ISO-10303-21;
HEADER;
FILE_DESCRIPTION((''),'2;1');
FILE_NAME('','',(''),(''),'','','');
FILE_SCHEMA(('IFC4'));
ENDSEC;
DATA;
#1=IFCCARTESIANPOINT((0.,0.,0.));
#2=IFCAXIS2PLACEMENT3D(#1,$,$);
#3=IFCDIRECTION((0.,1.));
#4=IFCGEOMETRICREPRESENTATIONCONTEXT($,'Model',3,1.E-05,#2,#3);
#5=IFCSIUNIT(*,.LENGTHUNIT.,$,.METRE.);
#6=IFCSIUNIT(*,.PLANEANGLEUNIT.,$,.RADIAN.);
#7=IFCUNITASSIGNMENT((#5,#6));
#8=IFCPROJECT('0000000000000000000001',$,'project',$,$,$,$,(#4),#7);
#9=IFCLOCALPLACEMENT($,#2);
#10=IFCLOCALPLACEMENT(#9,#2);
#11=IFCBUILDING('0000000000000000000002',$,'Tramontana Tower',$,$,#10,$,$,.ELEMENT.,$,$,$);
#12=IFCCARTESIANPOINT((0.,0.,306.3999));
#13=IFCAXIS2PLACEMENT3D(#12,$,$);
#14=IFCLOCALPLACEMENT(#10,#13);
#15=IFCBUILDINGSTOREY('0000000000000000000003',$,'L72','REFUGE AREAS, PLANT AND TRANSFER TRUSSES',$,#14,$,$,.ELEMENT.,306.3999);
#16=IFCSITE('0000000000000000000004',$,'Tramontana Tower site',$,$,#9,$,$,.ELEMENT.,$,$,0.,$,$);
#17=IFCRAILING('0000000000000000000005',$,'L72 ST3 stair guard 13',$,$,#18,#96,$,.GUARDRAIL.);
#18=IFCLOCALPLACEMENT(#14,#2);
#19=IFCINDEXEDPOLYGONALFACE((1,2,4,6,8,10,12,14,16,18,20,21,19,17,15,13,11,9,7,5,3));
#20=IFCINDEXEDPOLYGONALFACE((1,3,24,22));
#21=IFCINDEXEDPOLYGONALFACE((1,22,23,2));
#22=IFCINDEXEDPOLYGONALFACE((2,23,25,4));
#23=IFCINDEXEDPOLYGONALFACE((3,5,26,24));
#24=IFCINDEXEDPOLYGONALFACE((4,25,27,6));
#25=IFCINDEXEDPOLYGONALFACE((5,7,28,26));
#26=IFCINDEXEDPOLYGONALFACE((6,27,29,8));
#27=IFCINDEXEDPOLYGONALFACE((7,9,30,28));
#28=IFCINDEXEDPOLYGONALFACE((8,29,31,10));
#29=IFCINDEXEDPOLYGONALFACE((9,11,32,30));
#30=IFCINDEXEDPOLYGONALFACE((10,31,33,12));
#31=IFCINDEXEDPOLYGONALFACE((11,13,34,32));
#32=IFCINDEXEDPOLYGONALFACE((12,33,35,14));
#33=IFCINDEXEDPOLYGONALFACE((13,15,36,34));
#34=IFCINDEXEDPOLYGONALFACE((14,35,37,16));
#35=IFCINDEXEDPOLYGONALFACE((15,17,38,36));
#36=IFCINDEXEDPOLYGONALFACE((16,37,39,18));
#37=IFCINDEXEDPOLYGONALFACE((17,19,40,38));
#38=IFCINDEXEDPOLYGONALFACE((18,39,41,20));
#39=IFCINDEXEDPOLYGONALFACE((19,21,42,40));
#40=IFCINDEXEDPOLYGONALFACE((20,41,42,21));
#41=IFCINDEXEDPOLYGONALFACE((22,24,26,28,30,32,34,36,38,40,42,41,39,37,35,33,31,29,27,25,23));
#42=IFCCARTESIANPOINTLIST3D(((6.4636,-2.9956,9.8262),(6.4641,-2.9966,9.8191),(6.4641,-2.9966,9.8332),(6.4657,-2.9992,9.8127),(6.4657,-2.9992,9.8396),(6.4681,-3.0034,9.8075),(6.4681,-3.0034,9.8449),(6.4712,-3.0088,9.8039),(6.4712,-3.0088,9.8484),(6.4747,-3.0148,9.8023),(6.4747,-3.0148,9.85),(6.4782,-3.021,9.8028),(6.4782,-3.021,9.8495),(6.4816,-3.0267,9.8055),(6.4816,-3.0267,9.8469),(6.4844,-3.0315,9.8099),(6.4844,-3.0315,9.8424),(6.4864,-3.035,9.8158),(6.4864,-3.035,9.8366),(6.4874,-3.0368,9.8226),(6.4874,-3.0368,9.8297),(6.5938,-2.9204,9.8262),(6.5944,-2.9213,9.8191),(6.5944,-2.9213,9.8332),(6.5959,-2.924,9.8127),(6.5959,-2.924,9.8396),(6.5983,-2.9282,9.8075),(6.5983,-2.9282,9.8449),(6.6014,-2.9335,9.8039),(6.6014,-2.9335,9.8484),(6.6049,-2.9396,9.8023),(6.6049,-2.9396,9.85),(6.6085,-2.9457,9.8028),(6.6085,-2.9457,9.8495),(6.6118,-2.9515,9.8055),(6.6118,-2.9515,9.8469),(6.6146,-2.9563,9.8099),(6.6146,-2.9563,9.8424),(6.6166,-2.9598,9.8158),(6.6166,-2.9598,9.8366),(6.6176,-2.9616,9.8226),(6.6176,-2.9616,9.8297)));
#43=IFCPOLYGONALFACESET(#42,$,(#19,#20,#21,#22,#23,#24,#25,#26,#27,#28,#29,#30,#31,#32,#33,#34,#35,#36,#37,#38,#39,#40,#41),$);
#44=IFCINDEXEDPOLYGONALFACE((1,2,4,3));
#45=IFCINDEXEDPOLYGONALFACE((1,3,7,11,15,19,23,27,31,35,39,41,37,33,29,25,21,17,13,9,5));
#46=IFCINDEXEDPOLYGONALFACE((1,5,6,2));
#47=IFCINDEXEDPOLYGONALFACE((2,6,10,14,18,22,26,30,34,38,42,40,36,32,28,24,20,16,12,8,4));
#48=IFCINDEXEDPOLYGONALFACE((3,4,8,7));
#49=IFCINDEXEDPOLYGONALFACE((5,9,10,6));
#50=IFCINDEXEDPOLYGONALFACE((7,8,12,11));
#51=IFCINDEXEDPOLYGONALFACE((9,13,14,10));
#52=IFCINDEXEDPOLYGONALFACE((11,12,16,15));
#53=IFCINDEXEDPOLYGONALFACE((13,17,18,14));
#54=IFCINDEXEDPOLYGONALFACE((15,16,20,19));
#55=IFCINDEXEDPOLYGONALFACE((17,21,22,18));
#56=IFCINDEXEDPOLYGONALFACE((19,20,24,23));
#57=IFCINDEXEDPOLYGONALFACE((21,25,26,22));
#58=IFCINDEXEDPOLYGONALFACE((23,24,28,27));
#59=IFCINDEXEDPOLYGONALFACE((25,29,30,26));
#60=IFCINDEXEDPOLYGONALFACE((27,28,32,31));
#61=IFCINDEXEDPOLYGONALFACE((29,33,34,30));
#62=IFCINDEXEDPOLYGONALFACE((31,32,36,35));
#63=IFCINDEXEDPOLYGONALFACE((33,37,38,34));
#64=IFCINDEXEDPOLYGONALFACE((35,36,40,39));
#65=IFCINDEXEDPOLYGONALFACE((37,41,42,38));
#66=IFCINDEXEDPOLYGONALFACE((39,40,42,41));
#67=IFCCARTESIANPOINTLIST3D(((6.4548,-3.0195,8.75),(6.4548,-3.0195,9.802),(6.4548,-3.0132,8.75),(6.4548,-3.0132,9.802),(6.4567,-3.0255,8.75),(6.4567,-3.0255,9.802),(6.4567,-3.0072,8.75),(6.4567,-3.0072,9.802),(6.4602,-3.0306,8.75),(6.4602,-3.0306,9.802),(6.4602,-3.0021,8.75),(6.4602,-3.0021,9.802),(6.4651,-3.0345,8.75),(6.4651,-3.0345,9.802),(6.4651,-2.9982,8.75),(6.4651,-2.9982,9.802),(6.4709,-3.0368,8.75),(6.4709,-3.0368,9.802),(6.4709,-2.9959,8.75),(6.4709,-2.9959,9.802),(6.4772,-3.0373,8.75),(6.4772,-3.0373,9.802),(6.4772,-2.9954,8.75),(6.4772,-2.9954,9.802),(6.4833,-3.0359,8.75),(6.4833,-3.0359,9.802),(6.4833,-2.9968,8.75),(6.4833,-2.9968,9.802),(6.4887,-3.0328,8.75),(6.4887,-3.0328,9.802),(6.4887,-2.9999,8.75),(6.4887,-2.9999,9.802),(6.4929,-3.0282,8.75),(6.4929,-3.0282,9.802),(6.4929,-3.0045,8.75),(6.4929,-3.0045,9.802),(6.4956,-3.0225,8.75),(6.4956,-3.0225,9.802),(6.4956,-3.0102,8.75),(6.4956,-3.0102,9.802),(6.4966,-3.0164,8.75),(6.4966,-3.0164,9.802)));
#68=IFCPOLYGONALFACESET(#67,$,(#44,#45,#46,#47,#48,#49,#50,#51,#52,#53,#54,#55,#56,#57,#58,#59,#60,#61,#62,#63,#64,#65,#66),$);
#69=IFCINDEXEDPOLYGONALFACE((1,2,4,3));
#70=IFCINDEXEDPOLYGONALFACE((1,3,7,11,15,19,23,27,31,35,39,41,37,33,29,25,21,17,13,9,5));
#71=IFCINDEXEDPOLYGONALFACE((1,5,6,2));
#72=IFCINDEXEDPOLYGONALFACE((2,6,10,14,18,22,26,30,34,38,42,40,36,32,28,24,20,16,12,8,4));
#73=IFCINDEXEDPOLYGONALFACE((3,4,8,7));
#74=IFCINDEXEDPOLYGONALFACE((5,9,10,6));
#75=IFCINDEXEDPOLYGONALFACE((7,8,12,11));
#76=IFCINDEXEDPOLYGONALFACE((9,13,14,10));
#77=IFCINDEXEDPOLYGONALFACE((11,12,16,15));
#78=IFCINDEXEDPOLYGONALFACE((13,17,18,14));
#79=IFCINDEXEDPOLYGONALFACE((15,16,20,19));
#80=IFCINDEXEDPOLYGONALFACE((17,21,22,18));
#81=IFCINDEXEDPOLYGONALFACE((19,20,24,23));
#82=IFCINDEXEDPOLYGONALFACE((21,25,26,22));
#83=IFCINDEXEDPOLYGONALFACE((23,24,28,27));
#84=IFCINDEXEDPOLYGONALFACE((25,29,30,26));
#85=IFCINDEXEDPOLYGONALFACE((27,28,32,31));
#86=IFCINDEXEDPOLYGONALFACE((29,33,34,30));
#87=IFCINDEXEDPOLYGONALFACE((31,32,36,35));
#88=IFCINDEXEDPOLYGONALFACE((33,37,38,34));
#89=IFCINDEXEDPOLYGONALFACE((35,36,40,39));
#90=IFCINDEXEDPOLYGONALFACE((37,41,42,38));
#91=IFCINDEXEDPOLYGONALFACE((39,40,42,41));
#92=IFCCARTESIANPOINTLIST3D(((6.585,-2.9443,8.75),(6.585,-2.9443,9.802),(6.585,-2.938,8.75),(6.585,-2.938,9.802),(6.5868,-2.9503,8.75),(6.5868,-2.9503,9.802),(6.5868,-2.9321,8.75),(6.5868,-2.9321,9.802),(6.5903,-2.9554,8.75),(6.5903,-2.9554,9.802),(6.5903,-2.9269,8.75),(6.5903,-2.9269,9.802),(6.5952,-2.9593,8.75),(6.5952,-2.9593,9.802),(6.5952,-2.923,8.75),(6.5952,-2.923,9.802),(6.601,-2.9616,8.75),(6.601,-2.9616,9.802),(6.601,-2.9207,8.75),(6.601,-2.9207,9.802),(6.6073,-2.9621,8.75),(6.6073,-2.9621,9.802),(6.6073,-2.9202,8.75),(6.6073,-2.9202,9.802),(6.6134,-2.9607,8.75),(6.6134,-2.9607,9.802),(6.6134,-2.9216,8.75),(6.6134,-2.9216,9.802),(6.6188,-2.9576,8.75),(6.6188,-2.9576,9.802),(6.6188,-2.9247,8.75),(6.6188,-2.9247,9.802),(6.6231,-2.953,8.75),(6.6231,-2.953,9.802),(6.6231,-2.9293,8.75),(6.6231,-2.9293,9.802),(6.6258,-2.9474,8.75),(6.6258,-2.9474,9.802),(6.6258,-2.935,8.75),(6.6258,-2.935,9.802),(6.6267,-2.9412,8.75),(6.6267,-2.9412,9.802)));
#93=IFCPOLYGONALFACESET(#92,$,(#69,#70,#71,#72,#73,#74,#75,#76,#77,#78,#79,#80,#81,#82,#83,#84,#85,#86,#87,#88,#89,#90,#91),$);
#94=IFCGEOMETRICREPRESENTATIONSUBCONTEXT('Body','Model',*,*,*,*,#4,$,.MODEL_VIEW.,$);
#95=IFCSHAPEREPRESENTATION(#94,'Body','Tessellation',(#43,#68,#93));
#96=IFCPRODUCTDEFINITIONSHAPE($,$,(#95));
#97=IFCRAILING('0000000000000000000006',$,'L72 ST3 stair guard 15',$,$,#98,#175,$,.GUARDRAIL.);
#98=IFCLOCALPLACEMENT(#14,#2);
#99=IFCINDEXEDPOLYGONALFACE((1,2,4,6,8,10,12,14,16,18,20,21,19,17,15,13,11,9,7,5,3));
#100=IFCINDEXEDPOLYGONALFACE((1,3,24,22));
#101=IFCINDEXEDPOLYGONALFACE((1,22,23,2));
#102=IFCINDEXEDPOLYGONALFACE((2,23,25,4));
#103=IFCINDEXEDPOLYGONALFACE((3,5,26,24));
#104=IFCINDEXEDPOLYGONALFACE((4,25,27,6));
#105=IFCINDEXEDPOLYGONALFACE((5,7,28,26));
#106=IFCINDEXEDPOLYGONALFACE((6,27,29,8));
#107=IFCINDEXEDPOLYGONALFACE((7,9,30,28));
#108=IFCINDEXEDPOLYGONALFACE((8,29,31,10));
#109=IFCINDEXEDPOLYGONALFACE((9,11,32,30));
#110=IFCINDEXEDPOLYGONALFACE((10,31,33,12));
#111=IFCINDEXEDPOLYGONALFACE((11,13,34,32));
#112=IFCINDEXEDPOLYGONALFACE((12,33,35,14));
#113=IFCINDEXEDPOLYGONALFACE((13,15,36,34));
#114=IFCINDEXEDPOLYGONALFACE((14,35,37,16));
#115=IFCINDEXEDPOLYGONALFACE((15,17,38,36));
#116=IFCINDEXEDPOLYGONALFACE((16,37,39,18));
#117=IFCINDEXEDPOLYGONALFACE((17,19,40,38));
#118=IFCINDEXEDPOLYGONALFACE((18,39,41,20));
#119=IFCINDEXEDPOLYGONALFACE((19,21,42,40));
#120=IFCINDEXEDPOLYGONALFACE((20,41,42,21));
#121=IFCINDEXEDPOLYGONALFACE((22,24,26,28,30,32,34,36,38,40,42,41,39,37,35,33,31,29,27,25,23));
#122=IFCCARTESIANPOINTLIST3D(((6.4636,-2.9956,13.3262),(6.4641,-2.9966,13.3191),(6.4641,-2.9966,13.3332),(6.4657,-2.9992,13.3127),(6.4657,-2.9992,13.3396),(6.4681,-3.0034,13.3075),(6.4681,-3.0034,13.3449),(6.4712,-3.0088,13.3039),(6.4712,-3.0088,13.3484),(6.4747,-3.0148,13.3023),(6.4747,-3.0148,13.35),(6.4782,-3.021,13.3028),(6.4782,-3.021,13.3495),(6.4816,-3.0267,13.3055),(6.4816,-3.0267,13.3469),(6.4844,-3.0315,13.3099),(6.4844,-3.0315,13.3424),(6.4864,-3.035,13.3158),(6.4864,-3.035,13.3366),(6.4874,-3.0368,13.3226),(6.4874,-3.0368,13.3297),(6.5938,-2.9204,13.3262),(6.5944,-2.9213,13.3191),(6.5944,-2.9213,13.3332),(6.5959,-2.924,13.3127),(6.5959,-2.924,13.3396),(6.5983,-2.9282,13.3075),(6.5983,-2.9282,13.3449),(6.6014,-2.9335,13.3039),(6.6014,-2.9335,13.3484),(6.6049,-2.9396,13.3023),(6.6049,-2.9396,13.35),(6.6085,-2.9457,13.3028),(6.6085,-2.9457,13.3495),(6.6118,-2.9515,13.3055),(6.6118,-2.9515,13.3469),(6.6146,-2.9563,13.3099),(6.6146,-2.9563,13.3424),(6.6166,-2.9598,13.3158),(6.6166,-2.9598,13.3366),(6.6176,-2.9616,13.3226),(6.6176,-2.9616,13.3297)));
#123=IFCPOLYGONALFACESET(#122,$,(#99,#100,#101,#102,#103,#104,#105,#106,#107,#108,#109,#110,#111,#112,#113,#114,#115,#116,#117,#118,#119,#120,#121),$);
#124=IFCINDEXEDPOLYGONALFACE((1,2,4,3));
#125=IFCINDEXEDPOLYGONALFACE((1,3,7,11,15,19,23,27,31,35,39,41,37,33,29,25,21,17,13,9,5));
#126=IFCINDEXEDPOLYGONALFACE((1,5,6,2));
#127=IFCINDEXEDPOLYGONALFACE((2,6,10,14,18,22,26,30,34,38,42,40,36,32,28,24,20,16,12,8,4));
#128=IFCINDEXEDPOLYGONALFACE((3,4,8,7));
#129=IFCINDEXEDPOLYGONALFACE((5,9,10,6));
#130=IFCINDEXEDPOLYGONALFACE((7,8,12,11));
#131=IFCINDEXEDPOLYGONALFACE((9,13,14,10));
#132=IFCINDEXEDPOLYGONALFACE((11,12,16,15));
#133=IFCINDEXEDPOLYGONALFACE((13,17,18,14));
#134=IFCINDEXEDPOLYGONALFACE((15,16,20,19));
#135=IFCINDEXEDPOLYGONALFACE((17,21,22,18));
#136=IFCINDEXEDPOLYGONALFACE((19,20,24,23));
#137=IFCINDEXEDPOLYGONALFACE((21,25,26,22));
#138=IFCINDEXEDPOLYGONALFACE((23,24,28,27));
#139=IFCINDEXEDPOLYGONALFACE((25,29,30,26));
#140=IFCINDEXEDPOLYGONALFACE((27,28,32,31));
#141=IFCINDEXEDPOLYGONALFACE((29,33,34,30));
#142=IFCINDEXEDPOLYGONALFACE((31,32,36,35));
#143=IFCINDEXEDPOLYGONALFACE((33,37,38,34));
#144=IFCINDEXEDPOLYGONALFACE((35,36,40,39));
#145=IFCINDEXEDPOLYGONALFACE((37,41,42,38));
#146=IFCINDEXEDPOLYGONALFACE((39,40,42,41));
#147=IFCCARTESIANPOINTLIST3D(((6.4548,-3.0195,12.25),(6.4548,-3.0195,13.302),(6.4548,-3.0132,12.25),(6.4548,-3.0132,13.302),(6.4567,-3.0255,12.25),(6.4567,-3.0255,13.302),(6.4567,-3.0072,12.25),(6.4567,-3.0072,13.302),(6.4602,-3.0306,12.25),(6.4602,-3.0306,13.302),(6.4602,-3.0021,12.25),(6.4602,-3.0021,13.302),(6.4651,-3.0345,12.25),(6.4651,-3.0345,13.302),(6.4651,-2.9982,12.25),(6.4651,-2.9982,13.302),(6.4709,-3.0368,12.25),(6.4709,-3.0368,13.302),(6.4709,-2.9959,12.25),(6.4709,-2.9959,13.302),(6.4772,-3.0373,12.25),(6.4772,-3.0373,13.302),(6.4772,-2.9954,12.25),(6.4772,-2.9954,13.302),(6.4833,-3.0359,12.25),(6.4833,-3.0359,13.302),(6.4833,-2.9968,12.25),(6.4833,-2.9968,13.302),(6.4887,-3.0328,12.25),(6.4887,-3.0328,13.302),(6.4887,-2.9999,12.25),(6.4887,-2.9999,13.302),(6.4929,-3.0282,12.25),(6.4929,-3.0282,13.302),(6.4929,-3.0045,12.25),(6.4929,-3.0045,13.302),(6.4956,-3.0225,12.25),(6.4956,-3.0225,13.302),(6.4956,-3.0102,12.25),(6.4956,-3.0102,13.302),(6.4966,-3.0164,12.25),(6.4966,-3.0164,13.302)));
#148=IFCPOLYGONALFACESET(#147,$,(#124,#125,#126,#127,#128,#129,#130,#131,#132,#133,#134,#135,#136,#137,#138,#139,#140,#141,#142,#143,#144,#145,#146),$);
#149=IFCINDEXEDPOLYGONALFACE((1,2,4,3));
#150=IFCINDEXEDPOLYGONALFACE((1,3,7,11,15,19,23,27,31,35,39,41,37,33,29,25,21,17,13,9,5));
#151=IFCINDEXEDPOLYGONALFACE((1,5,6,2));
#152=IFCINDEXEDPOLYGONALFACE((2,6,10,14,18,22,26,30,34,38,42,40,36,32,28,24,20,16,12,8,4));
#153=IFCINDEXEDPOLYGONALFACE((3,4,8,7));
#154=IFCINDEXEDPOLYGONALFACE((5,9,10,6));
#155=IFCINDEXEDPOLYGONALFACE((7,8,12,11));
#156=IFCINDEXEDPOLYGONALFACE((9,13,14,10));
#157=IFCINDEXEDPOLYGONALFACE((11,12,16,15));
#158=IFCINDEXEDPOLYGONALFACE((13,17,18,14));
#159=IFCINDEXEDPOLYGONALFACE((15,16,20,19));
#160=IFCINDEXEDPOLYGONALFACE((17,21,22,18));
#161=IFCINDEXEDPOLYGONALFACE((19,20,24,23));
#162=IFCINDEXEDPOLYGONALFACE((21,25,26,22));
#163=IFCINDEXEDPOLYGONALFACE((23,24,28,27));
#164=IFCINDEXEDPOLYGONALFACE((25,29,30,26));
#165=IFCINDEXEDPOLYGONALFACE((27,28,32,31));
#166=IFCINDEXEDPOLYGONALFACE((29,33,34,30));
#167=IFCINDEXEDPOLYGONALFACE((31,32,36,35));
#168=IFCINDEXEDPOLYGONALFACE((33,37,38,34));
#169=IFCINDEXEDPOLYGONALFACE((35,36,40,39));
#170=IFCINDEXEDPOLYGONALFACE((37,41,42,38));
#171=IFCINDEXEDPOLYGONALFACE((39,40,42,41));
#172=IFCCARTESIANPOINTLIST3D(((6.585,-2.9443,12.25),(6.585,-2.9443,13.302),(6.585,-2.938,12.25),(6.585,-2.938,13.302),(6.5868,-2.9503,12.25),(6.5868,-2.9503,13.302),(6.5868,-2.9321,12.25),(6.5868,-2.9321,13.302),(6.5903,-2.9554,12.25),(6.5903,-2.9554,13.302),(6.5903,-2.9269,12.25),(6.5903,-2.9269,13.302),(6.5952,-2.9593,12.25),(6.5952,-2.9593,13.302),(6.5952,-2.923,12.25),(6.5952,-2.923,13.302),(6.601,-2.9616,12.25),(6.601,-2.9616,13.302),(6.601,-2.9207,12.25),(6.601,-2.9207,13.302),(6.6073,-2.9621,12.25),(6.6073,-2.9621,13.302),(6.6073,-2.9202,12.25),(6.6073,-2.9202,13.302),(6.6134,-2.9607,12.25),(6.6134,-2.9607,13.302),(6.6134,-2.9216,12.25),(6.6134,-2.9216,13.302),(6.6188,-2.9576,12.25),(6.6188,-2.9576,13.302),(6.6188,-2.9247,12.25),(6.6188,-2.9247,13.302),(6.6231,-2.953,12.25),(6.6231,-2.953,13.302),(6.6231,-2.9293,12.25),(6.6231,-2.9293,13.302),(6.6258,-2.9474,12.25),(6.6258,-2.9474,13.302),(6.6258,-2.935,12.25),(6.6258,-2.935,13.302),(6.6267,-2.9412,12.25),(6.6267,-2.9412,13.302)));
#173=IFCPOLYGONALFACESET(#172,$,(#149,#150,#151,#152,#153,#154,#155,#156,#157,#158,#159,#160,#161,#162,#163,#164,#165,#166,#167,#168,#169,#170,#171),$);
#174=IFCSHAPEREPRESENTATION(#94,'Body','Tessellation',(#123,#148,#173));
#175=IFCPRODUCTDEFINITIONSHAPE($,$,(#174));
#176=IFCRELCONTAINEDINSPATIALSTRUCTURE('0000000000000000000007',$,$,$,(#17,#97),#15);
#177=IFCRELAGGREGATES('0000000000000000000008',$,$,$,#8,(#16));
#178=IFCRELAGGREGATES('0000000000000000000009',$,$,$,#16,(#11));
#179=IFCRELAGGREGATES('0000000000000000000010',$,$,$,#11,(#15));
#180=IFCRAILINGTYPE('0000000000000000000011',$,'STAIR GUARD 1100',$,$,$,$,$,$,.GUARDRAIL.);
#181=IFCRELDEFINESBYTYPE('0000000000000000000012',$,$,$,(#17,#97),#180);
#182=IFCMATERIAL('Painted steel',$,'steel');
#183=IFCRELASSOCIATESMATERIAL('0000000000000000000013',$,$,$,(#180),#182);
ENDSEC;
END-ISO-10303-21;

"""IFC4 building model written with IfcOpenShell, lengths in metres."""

from ifc_helpers import new_model, si_unit, direction, frame, origin, origin_2d, place, context, subcontext, project, spatial, circle, extrude, material, type_object, element, save


model = new_model("IFC4")

# Units and contexts
model_context = context("Model", 3, precision=1e-05, world=origin(), true_north=direction((0.0, 1.0)))
body_context = subcontext(model_context, "Body", "Model", "MODEL_VIEW")
ifc_project = project(units=[si_unit("LENGTHUNIT", "METRE"), si_unit("PLANEANGLEUNIT", "RADIAN")], contexts=[model_context])

# Site, building, storey
site_placement = place(None, origin())
site = spatial("IfcSite", under=ifc_project, at=site_placement, Name="Tramontana Tower site", CompositionType="ELEMENT", RefElevation=0.0)
building_placement = place(site_placement, origin())
building = spatial("IfcBuilding", under=site, at=building_placement, Name="Tramontana Tower", CompositionType="ELEMENT")
storey_placement = place(building_placement, frame((0.0, 0.0, 306.3999)))
storey = spatial("IfcBuildingStorey", under=building, at=storey_placement, Name="L72", Description="REFUGE AREAS, PLANT AND TRANSFER TRUSSES", CompositionType="ELEMENT", Elevation=306.3999)

# Railings
ifc_material_1 = material(Name="Painted steel", Category="steel")
railing_type_1 = type_object("IfcRailingType", Name="STAIR GUARD 1100", PredefinedType="GUARDRAIL", material=ifc_material_1)
for number, where, name in (
    (1, (6.4756, -3.0164, 8.75), "L72 ST3 stair guard 13"),
    (2, (6.4756, -3.0164, 12.25), "L72 ST3 stair guard 15"),
):
    element("IfcRailing", number, at=place(storey_placement, frame(where)), inside=storey, type_object=railing_type_1, Name=name, PredefinedType="GUARDRAIL", context=body_context, shape_type="SweptSolid", body=[
        extrude(circle(Radius=0.0239, at=origin_2d()), frame((0.0, 0.0, 1.0762), z_axis=(0.865834, 0.500332, 0.0), x_axis=(-0.500332, 0.865834, 0.0)), (0.0, 0.0, 1.0), 0.1504),
        extrude(circle(Radius=0.021, at=origin_2d()), origin(), (0.0, 0.0, 1.0), 1.052),
        extrude(circle(Radius=0.021, at=origin_2d()), frame((0.1301, 0.0752, 0.0)), (0.0, 0.0, 1.0), 1.052),
    ])

save(model, "model.ifc")
